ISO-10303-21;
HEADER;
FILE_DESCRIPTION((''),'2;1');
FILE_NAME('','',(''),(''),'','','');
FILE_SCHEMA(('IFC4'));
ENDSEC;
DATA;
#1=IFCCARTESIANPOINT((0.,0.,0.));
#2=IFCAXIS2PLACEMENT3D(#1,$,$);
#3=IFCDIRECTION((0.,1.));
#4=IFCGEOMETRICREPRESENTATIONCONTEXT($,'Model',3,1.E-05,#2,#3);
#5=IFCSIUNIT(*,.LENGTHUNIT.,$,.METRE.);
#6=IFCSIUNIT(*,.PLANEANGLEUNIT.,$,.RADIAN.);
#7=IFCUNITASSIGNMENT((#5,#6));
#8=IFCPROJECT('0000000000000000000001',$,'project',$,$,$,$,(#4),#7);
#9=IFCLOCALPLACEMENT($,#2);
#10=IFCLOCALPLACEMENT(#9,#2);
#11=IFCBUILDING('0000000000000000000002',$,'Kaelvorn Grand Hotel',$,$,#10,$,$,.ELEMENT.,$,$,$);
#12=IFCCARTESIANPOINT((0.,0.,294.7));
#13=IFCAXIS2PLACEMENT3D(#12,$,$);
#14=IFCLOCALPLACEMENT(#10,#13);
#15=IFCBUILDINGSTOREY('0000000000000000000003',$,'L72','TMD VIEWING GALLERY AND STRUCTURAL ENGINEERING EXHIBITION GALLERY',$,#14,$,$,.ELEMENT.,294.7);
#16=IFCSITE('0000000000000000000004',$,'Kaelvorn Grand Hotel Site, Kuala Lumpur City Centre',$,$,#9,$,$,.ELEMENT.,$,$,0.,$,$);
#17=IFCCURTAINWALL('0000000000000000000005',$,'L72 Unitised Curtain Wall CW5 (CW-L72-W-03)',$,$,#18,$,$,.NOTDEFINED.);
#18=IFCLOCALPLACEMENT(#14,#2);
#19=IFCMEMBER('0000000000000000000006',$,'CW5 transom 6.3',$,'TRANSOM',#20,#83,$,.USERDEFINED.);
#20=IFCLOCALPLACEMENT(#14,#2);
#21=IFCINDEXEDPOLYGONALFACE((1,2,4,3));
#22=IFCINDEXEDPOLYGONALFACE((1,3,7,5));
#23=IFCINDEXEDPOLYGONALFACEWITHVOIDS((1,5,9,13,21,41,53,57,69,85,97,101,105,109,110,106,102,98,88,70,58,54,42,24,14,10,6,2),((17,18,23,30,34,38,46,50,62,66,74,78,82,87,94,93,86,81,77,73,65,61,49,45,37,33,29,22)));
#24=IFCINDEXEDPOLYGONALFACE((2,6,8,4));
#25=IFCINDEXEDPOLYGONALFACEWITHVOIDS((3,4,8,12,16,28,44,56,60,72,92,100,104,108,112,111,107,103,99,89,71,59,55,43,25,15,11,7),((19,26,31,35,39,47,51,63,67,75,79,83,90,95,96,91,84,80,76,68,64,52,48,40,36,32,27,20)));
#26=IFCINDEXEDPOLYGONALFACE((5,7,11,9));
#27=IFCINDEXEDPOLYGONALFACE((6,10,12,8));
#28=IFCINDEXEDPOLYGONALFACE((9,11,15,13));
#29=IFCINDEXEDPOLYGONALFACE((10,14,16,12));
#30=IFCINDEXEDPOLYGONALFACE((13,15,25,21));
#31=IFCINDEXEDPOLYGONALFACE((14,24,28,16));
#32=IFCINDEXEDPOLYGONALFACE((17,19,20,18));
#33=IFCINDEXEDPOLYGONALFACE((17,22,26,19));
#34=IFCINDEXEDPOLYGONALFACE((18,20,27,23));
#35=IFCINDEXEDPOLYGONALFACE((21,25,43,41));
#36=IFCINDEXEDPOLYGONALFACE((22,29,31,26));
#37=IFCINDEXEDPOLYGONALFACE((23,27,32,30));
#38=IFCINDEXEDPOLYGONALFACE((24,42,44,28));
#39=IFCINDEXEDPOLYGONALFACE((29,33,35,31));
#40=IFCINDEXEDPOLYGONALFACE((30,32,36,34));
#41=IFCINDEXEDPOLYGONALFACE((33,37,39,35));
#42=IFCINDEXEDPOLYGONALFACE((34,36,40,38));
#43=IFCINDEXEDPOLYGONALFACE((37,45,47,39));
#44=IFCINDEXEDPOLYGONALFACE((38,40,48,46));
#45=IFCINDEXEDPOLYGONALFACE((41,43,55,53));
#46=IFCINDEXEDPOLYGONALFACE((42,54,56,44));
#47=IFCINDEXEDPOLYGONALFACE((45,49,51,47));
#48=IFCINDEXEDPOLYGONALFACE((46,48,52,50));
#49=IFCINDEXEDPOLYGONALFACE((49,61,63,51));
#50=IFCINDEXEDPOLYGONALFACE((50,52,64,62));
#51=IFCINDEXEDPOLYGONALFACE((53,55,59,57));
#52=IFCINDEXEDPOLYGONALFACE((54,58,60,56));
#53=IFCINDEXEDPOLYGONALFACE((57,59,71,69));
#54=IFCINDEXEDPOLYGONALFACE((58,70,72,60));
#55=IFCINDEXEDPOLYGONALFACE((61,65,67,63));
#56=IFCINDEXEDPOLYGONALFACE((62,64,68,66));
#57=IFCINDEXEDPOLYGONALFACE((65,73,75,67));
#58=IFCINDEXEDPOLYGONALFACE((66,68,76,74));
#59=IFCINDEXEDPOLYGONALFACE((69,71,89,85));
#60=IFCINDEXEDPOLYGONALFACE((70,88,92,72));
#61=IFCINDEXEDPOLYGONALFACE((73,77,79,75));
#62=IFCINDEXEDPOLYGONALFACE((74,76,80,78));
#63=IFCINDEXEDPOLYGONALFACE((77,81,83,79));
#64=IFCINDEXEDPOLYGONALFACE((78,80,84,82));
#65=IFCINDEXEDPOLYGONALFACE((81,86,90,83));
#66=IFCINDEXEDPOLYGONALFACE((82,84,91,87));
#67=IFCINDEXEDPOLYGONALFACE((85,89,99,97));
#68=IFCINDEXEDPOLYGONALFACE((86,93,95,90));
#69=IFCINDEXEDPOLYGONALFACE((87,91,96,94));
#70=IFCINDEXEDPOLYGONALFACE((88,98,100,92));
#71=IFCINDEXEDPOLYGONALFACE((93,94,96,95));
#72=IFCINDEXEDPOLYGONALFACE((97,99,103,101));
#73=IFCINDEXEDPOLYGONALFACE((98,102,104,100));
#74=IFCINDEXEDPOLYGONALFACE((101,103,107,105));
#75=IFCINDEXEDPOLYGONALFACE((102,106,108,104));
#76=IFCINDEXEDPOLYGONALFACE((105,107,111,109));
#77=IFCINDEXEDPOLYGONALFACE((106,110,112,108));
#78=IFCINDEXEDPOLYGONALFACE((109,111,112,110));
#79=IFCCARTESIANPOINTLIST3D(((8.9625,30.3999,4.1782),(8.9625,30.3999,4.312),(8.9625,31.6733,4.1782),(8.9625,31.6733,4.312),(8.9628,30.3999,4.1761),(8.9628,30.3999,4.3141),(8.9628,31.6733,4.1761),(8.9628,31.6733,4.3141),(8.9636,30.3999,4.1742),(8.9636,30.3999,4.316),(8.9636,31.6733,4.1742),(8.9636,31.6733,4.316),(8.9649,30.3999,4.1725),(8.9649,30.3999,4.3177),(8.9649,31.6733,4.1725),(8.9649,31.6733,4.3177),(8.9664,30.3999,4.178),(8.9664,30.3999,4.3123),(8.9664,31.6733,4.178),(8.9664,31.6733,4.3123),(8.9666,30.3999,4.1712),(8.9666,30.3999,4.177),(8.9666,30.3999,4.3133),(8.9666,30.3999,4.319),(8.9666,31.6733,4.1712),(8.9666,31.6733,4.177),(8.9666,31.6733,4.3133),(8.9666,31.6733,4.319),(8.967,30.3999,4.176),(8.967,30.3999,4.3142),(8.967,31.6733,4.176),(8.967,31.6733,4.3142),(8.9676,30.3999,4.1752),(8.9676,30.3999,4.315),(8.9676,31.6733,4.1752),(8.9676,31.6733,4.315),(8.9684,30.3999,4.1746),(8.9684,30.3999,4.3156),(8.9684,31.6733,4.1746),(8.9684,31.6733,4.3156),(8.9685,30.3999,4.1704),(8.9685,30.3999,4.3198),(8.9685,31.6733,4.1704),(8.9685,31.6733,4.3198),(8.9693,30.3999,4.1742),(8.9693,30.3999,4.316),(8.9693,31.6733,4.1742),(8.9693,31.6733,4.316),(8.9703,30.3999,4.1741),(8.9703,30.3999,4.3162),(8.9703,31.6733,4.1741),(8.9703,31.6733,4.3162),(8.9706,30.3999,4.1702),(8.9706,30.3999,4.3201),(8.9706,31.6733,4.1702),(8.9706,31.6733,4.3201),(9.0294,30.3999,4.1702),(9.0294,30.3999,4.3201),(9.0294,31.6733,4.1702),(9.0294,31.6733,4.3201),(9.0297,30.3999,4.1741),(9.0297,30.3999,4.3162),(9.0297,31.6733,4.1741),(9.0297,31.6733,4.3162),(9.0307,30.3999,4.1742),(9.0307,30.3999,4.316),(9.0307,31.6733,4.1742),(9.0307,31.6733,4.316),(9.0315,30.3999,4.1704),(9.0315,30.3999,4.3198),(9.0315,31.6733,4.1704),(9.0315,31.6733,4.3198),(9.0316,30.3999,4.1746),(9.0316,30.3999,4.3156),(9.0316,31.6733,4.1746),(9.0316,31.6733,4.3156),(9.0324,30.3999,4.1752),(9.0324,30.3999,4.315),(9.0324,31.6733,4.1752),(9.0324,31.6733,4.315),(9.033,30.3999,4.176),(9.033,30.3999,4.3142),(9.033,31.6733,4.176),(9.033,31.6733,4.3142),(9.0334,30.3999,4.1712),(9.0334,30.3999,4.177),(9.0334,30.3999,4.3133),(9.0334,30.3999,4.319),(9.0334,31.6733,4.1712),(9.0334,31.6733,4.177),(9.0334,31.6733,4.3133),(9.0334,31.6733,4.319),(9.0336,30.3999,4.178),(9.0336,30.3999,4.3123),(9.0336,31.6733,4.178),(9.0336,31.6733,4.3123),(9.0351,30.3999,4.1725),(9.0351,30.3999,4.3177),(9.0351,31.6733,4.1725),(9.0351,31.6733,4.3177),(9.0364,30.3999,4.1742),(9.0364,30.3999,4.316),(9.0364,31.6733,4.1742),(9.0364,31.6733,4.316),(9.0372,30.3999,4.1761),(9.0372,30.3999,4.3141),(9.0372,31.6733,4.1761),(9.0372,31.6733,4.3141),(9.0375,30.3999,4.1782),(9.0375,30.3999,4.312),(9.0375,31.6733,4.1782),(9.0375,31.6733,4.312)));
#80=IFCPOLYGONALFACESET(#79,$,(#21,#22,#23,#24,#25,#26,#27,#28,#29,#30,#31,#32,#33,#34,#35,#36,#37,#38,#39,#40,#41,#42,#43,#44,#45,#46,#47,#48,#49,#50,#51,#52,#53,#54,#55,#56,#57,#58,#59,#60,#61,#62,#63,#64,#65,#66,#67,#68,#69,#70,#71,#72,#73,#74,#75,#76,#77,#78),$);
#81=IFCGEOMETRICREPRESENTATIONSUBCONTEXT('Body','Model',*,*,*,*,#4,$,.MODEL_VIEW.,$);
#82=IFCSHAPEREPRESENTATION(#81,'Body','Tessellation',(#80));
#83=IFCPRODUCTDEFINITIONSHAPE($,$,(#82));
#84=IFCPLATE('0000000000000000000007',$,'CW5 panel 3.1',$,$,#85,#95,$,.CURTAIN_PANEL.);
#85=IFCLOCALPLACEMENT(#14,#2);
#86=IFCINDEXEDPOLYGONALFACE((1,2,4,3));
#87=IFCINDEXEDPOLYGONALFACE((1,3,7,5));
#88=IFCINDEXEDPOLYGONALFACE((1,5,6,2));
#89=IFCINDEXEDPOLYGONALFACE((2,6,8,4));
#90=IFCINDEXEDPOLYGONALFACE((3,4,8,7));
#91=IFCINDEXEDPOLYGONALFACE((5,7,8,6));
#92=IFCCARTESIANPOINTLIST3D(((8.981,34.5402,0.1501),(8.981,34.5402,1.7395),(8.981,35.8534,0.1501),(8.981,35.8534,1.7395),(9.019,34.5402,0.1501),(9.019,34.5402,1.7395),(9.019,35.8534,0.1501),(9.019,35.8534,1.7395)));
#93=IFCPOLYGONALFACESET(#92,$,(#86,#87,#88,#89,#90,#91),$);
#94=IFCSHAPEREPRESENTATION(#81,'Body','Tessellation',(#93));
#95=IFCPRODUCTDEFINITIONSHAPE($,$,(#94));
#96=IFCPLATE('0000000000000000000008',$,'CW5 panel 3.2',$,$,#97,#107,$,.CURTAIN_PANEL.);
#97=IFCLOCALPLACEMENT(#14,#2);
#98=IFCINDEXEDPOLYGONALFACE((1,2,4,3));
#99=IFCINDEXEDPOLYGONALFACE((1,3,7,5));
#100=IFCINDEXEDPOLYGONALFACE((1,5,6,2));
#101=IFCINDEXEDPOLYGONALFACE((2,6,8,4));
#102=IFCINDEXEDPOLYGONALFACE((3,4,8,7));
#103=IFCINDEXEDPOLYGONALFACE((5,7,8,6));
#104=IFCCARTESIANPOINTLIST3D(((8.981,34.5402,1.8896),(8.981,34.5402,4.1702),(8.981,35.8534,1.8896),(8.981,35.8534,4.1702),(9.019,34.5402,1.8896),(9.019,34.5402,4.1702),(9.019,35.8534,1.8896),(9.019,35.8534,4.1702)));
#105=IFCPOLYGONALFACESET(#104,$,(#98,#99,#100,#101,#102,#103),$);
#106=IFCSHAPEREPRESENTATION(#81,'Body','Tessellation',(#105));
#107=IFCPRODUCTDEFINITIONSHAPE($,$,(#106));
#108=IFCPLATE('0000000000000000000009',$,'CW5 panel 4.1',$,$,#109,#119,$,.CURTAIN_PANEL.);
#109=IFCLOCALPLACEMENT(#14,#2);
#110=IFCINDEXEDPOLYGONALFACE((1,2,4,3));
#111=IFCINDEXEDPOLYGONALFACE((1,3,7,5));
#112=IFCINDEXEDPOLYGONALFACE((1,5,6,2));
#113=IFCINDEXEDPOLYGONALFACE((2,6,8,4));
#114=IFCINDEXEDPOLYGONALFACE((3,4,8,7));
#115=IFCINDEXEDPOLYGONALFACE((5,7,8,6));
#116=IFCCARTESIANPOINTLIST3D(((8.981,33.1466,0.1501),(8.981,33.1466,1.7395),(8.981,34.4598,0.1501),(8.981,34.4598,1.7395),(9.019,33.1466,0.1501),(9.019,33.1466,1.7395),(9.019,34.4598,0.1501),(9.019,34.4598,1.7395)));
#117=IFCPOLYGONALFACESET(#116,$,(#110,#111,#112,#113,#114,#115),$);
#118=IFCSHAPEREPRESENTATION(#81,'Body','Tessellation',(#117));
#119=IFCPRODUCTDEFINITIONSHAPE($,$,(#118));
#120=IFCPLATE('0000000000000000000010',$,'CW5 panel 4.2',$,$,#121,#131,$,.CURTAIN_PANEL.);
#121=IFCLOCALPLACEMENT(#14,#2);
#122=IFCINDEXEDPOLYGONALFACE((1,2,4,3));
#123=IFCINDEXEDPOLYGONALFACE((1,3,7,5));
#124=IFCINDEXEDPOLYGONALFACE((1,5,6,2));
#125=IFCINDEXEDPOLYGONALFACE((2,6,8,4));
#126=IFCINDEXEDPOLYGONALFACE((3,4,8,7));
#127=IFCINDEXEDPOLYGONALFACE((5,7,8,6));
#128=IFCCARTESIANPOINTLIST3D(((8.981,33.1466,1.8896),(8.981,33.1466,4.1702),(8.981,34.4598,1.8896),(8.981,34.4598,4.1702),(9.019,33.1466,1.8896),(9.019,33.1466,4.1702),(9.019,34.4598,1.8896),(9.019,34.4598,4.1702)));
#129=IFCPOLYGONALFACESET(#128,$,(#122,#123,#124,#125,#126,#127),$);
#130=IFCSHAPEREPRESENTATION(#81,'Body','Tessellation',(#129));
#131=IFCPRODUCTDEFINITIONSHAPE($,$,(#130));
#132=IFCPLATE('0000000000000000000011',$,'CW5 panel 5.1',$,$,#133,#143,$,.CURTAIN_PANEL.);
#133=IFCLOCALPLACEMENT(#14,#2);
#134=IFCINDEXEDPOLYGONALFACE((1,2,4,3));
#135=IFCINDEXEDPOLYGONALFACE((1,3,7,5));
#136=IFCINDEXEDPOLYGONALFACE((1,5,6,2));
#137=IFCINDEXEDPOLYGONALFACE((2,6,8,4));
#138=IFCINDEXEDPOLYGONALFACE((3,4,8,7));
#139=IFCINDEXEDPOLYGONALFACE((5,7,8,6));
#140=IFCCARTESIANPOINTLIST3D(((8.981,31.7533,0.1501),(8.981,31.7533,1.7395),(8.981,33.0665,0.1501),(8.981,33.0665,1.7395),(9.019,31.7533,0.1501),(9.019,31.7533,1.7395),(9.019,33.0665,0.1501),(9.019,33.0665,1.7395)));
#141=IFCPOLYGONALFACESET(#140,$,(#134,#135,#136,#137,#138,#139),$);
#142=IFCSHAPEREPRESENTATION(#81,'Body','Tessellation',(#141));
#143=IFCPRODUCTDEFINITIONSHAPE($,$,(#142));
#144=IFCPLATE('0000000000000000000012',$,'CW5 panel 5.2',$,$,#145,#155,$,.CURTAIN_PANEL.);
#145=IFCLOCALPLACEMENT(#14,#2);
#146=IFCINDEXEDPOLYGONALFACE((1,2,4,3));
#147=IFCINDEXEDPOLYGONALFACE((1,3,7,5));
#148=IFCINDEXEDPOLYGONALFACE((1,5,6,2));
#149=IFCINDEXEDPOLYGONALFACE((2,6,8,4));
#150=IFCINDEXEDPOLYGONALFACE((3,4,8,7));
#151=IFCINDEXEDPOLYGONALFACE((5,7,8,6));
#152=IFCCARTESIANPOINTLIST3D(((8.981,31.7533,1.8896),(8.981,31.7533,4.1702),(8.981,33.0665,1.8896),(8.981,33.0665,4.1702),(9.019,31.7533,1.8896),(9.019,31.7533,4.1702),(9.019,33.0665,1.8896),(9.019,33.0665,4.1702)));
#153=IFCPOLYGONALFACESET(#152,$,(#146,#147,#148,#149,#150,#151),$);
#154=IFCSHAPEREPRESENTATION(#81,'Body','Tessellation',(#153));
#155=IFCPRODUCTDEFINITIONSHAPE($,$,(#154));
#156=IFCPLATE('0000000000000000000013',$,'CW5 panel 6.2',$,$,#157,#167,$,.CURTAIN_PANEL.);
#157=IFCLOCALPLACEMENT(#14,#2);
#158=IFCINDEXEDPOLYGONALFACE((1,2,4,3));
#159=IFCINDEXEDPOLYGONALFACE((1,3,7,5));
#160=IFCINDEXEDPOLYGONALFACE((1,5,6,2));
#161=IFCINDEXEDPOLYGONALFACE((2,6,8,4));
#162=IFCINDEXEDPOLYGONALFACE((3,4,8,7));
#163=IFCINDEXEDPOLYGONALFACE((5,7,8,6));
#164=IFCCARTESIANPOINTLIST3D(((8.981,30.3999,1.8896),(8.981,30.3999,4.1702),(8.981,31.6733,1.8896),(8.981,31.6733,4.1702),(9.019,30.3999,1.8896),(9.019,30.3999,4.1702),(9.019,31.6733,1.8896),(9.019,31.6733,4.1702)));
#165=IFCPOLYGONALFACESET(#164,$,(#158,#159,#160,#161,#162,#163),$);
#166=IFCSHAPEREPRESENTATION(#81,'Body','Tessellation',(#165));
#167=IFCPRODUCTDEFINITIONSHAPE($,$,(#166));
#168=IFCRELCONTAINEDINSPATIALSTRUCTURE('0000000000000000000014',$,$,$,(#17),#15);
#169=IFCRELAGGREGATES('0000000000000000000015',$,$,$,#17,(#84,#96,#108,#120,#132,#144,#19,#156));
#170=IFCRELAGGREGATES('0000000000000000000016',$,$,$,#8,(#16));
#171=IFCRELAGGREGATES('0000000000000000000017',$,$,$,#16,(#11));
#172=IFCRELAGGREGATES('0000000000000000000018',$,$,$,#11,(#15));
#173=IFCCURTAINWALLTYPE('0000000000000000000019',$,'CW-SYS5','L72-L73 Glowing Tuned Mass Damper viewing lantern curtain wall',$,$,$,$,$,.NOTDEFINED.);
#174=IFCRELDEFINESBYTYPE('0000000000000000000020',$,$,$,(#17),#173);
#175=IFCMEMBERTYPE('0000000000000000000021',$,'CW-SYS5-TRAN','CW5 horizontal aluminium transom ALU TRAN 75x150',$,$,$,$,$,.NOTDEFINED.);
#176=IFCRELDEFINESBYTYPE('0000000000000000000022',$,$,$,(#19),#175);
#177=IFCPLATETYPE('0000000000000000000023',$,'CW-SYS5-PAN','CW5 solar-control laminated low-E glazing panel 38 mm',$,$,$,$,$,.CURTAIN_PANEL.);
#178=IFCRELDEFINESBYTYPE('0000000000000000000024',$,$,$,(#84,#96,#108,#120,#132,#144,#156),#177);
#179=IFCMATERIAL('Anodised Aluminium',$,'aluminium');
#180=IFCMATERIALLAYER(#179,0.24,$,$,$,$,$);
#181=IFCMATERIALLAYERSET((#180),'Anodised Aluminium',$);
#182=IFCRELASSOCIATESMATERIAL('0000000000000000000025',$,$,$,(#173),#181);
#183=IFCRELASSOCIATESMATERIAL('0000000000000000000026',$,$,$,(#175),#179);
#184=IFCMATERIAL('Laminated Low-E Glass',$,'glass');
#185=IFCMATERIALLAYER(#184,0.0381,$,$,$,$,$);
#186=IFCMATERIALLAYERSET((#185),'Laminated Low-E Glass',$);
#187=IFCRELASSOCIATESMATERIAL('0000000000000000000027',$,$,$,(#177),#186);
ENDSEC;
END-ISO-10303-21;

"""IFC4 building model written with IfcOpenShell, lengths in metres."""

from ifc_helpers import new_model, si_unit, direction, frame, origin, origin_2d, place, context, subcontext, project, spatial, rectangle, hollow_rectangle, extrude, material, layer, layer_set, material_profile, profile_set, type_object, element, aggregate, save


model = new_model("IFC4")

# Units and contexts
model_context = context("Model", 3, precision=1e-05, world=origin(), true_north=direction((0.0, 1.0)))
body_context = subcontext(model_context, "Body", "Model", "MODEL_VIEW")
ifc_project = project(units=[si_unit("LENGTHUNIT", "METRE"), si_unit("PLANEANGLEUNIT", "RADIAN")], contexts=[model_context])

# Site, building, storey
site_placement = place(None, origin())
site = spatial("IfcSite", under=ifc_project, at=site_placement, Name="Kaelvorn Grand Hotel Site, Kuala Lumpur City Centre", CompositionType="ELEMENT", RefElevation=0.0)
building_placement = place(site_placement, origin())
building = spatial("IfcBuilding", under=site, at=building_placement, Name="Kaelvorn Grand Hotel", CompositionType="ELEMENT")
storey_placement = place(building_placement, frame((0.0, 0.0, 294.7)))
storey = spatial("IfcBuildingStorey", under=building, at=storey_placement, Name="L72", Description="TMD VIEWING GALLERY AND STRUCTURAL ENGINEERING EXHIBITION GALLERY", CompositionType="ELEMENT", Elevation=294.7)

# Curtain wall, member, plates
ifc_material_1 = material(Name="Anodised Aluminium", Category="aluminium")
ifc_layer_1 = layer(ifc_material_1, 0.24)
ifc_layer_set_1 = layer_set([ifc_layer_1], Name="Anodised Aluminium")
curtain_wall_type = type_object("IfcCurtainWallType", Name="CW-SYS5", Description="L72-L73 Glowing Tuned Mass Damper viewing lantern curtain wall", PredefinedType="NOTDEFINED", material=ifc_layer_set_1)
curtain_wall_placement = place(storey_placement, origin())
curtain_wall = element("IfcCurtainWall", 1, at=curtain_wall_placement, inside=storey, type_object=curtain_wall_type, Name="L72 Unitised Curtain Wall CW5 (CW-L72-W-03)", PredefinedType="NOTDEFINED")
ifc_material_profile_1 = material_profile(ifc_material_1, hollow_rectangle(XDim=0.075, YDim=0.1499, WallThickness=0.0039, InnerFilletRadius=0.0039, OuterFilletRadius=0.0081, at=origin_2d()), Name="ALU TRAN 75x150")
ifc_profile_set_1 = profile_set([ifc_material_profile_1], Name="Anodised Aluminium")
member_type_1 = type_object("IfcMemberType", Name="CW-SYS5-TRAN", Description="CW5 horizontal aluminium transom ALU TRAN 75x150", PredefinedType="NOTDEFINED", material=ifc_profile_set_1)
member_1_placement = place(storey_placement, frame((9.0, 31.6733, 4.2451), z_axis=(0.0, -1.0, 0.0), x_axis=(1.0, 0.0, 0.0)))
member_1 = element("IfcMember", 2, at=member_1_placement, type_object=member_type_1, Name="CW5 transom 6.3", ObjectType="TRANSOM", PredefinedType="USERDEFINED", context=body_context, shape_type="SweptSolid", body=[
    extrude(hollow_rectangle(XDim=0.075, YDim=0.1499, WallThickness=0.0039, InnerFilletRadius=0.0039, OuterFilletRadius=0.0081, at=origin_2d()), origin(), (0.0, 0.0, 1.0), 1.2734),
])
ifc_material_2 = material(Name="Laminated Low-E Glass", Category="glass")
ifc_layer_2 = layer(ifc_material_2, 0.0381)
ifc_layer_set_2 = layer_set([ifc_layer_2], Name="Laminated Low-E Glass")
plate_type = type_object("IfcPlateType", Name="CW-SYS5-PAN", Description="CW5 solar-control laminated low-E glazing panel 38 mm", PredefinedType="CURTAIN_PANEL", material=ifc_layer_set_2)
plate_1_placement = place(storey_placement, frame((9.0, 35.1968, 0.1501), z_axis=(0.0, 0.0, 1.0), x_axis=(0.0, -1.0, 0.0)))
plate_1 = element("IfcPlate", 3, at=plate_1_placement, type_object=plate_type, Name="CW5 panel 3.1", PredefinedType="CURTAIN_PANEL", context=body_context, shape_type="SweptSolid", body=[
    extrude(rectangle(XDim=1.3132, YDim=0.0381, at=origin_2d()), origin(), (0.0, 0.0, 1.0), 1.5894),
])
plate_2_placement = place(storey_placement, frame((9.0, 35.1968, 1.8896), z_axis=(0.0, 0.0, 1.0), x_axis=(0.0, -1.0, 0.0)))
plate_2 = element("IfcPlate", 4, at=plate_2_placement, type_object=plate_type, Name="CW5 panel 3.2", PredefinedType="CURTAIN_PANEL", context=body_context, shape_type="SweptSolid", body=[
    extrude(rectangle(XDim=1.3132, YDim=0.0381, at=origin_2d()), origin(), (0.0, 0.0, 1.0), 2.2805),
])
plate_3_placement = place(storey_placement, frame((9.0, 33.8032, 0.1501), z_axis=(0.0, 0.0, 1.0), x_axis=(0.0, -1.0, 0.0)))
plate_3 = element("IfcPlate", 5, at=plate_3_placement, type_object=plate_type, Name="CW5 panel 4.1", PredefinedType="CURTAIN_PANEL", context=body_context, shape_type="SweptSolid", body=[
    extrude(rectangle(XDim=1.3132, YDim=0.0381, at=origin_2d()), origin(), (0.0, 0.0, 1.0), 1.5894),
])
plate_4_placement = place(storey_placement, frame((9.0, 33.8032, 1.8896), z_axis=(0.0, 0.0, 1.0), x_axis=(0.0, -1.0, 0.0)))
plate_4 = element("IfcPlate", 6, at=plate_4_placement, type_object=plate_type, Name="CW5 panel 4.2", PredefinedType="CURTAIN_PANEL", context=body_context, shape_type="SweptSolid", body=[
    extrude(rectangle(XDim=1.3132, YDim=0.0381, at=origin_2d()), origin(), (0.0, 0.0, 1.0), 2.2805),
])
plate_5_placement = place(storey_placement, frame((9.0, 32.4099, 0.1501), z_axis=(0.0, 0.0, 1.0), x_axis=(0.0, -1.0, 0.0)))
plate_5 = element("IfcPlate", 7, at=plate_5_placement, type_object=plate_type, Name="CW5 panel 5.1", PredefinedType="CURTAIN_PANEL", context=body_context, shape_type="SweptSolid", body=[
    extrude(rectangle(XDim=1.3132, YDim=0.0381, at=origin_2d()), origin(), (0.0, 0.0, 1.0), 1.5894),
])
plate_6_placement = place(storey_placement, frame((9.0, 32.4099, 1.8896), z_axis=(0.0, 0.0, 1.0), x_axis=(0.0, -1.0, 0.0)))
plate_6 = element("IfcPlate", 8, at=plate_6_placement, type_object=plate_type, Name="CW5 panel 5.2", PredefinedType="CURTAIN_PANEL", context=body_context, shape_type="SweptSolid", body=[
    extrude(rectangle(XDim=1.3132, YDim=0.0381, at=origin_2d()), origin(), (0.0, 0.0, 1.0), 2.2805),
])
plate_7_placement = place(storey_placement, frame((9.0, 31.0366, 1.8896), z_axis=(0.0, 0.0, 1.0), x_axis=(0.0, -1.0, 0.0)))
plate_7 = element("IfcPlate", 9, at=plate_7_placement, type_object=plate_type, Name="CW5 panel 6.2", PredefinedType="CURTAIN_PANEL", context=body_context, shape_type="SweptSolid", body=[
    extrude(rectangle(XDim=1.2734, YDim=0.0381, at=origin_2d()), origin(), (0.0, 0.0, 1.0), 2.2805),
])
aggregate(curtain_wall, [plate_1, plate_2, plate_3, plate_4, plate_5, plate_6, member_1, plate_7])

save(model, "model.ifc")
